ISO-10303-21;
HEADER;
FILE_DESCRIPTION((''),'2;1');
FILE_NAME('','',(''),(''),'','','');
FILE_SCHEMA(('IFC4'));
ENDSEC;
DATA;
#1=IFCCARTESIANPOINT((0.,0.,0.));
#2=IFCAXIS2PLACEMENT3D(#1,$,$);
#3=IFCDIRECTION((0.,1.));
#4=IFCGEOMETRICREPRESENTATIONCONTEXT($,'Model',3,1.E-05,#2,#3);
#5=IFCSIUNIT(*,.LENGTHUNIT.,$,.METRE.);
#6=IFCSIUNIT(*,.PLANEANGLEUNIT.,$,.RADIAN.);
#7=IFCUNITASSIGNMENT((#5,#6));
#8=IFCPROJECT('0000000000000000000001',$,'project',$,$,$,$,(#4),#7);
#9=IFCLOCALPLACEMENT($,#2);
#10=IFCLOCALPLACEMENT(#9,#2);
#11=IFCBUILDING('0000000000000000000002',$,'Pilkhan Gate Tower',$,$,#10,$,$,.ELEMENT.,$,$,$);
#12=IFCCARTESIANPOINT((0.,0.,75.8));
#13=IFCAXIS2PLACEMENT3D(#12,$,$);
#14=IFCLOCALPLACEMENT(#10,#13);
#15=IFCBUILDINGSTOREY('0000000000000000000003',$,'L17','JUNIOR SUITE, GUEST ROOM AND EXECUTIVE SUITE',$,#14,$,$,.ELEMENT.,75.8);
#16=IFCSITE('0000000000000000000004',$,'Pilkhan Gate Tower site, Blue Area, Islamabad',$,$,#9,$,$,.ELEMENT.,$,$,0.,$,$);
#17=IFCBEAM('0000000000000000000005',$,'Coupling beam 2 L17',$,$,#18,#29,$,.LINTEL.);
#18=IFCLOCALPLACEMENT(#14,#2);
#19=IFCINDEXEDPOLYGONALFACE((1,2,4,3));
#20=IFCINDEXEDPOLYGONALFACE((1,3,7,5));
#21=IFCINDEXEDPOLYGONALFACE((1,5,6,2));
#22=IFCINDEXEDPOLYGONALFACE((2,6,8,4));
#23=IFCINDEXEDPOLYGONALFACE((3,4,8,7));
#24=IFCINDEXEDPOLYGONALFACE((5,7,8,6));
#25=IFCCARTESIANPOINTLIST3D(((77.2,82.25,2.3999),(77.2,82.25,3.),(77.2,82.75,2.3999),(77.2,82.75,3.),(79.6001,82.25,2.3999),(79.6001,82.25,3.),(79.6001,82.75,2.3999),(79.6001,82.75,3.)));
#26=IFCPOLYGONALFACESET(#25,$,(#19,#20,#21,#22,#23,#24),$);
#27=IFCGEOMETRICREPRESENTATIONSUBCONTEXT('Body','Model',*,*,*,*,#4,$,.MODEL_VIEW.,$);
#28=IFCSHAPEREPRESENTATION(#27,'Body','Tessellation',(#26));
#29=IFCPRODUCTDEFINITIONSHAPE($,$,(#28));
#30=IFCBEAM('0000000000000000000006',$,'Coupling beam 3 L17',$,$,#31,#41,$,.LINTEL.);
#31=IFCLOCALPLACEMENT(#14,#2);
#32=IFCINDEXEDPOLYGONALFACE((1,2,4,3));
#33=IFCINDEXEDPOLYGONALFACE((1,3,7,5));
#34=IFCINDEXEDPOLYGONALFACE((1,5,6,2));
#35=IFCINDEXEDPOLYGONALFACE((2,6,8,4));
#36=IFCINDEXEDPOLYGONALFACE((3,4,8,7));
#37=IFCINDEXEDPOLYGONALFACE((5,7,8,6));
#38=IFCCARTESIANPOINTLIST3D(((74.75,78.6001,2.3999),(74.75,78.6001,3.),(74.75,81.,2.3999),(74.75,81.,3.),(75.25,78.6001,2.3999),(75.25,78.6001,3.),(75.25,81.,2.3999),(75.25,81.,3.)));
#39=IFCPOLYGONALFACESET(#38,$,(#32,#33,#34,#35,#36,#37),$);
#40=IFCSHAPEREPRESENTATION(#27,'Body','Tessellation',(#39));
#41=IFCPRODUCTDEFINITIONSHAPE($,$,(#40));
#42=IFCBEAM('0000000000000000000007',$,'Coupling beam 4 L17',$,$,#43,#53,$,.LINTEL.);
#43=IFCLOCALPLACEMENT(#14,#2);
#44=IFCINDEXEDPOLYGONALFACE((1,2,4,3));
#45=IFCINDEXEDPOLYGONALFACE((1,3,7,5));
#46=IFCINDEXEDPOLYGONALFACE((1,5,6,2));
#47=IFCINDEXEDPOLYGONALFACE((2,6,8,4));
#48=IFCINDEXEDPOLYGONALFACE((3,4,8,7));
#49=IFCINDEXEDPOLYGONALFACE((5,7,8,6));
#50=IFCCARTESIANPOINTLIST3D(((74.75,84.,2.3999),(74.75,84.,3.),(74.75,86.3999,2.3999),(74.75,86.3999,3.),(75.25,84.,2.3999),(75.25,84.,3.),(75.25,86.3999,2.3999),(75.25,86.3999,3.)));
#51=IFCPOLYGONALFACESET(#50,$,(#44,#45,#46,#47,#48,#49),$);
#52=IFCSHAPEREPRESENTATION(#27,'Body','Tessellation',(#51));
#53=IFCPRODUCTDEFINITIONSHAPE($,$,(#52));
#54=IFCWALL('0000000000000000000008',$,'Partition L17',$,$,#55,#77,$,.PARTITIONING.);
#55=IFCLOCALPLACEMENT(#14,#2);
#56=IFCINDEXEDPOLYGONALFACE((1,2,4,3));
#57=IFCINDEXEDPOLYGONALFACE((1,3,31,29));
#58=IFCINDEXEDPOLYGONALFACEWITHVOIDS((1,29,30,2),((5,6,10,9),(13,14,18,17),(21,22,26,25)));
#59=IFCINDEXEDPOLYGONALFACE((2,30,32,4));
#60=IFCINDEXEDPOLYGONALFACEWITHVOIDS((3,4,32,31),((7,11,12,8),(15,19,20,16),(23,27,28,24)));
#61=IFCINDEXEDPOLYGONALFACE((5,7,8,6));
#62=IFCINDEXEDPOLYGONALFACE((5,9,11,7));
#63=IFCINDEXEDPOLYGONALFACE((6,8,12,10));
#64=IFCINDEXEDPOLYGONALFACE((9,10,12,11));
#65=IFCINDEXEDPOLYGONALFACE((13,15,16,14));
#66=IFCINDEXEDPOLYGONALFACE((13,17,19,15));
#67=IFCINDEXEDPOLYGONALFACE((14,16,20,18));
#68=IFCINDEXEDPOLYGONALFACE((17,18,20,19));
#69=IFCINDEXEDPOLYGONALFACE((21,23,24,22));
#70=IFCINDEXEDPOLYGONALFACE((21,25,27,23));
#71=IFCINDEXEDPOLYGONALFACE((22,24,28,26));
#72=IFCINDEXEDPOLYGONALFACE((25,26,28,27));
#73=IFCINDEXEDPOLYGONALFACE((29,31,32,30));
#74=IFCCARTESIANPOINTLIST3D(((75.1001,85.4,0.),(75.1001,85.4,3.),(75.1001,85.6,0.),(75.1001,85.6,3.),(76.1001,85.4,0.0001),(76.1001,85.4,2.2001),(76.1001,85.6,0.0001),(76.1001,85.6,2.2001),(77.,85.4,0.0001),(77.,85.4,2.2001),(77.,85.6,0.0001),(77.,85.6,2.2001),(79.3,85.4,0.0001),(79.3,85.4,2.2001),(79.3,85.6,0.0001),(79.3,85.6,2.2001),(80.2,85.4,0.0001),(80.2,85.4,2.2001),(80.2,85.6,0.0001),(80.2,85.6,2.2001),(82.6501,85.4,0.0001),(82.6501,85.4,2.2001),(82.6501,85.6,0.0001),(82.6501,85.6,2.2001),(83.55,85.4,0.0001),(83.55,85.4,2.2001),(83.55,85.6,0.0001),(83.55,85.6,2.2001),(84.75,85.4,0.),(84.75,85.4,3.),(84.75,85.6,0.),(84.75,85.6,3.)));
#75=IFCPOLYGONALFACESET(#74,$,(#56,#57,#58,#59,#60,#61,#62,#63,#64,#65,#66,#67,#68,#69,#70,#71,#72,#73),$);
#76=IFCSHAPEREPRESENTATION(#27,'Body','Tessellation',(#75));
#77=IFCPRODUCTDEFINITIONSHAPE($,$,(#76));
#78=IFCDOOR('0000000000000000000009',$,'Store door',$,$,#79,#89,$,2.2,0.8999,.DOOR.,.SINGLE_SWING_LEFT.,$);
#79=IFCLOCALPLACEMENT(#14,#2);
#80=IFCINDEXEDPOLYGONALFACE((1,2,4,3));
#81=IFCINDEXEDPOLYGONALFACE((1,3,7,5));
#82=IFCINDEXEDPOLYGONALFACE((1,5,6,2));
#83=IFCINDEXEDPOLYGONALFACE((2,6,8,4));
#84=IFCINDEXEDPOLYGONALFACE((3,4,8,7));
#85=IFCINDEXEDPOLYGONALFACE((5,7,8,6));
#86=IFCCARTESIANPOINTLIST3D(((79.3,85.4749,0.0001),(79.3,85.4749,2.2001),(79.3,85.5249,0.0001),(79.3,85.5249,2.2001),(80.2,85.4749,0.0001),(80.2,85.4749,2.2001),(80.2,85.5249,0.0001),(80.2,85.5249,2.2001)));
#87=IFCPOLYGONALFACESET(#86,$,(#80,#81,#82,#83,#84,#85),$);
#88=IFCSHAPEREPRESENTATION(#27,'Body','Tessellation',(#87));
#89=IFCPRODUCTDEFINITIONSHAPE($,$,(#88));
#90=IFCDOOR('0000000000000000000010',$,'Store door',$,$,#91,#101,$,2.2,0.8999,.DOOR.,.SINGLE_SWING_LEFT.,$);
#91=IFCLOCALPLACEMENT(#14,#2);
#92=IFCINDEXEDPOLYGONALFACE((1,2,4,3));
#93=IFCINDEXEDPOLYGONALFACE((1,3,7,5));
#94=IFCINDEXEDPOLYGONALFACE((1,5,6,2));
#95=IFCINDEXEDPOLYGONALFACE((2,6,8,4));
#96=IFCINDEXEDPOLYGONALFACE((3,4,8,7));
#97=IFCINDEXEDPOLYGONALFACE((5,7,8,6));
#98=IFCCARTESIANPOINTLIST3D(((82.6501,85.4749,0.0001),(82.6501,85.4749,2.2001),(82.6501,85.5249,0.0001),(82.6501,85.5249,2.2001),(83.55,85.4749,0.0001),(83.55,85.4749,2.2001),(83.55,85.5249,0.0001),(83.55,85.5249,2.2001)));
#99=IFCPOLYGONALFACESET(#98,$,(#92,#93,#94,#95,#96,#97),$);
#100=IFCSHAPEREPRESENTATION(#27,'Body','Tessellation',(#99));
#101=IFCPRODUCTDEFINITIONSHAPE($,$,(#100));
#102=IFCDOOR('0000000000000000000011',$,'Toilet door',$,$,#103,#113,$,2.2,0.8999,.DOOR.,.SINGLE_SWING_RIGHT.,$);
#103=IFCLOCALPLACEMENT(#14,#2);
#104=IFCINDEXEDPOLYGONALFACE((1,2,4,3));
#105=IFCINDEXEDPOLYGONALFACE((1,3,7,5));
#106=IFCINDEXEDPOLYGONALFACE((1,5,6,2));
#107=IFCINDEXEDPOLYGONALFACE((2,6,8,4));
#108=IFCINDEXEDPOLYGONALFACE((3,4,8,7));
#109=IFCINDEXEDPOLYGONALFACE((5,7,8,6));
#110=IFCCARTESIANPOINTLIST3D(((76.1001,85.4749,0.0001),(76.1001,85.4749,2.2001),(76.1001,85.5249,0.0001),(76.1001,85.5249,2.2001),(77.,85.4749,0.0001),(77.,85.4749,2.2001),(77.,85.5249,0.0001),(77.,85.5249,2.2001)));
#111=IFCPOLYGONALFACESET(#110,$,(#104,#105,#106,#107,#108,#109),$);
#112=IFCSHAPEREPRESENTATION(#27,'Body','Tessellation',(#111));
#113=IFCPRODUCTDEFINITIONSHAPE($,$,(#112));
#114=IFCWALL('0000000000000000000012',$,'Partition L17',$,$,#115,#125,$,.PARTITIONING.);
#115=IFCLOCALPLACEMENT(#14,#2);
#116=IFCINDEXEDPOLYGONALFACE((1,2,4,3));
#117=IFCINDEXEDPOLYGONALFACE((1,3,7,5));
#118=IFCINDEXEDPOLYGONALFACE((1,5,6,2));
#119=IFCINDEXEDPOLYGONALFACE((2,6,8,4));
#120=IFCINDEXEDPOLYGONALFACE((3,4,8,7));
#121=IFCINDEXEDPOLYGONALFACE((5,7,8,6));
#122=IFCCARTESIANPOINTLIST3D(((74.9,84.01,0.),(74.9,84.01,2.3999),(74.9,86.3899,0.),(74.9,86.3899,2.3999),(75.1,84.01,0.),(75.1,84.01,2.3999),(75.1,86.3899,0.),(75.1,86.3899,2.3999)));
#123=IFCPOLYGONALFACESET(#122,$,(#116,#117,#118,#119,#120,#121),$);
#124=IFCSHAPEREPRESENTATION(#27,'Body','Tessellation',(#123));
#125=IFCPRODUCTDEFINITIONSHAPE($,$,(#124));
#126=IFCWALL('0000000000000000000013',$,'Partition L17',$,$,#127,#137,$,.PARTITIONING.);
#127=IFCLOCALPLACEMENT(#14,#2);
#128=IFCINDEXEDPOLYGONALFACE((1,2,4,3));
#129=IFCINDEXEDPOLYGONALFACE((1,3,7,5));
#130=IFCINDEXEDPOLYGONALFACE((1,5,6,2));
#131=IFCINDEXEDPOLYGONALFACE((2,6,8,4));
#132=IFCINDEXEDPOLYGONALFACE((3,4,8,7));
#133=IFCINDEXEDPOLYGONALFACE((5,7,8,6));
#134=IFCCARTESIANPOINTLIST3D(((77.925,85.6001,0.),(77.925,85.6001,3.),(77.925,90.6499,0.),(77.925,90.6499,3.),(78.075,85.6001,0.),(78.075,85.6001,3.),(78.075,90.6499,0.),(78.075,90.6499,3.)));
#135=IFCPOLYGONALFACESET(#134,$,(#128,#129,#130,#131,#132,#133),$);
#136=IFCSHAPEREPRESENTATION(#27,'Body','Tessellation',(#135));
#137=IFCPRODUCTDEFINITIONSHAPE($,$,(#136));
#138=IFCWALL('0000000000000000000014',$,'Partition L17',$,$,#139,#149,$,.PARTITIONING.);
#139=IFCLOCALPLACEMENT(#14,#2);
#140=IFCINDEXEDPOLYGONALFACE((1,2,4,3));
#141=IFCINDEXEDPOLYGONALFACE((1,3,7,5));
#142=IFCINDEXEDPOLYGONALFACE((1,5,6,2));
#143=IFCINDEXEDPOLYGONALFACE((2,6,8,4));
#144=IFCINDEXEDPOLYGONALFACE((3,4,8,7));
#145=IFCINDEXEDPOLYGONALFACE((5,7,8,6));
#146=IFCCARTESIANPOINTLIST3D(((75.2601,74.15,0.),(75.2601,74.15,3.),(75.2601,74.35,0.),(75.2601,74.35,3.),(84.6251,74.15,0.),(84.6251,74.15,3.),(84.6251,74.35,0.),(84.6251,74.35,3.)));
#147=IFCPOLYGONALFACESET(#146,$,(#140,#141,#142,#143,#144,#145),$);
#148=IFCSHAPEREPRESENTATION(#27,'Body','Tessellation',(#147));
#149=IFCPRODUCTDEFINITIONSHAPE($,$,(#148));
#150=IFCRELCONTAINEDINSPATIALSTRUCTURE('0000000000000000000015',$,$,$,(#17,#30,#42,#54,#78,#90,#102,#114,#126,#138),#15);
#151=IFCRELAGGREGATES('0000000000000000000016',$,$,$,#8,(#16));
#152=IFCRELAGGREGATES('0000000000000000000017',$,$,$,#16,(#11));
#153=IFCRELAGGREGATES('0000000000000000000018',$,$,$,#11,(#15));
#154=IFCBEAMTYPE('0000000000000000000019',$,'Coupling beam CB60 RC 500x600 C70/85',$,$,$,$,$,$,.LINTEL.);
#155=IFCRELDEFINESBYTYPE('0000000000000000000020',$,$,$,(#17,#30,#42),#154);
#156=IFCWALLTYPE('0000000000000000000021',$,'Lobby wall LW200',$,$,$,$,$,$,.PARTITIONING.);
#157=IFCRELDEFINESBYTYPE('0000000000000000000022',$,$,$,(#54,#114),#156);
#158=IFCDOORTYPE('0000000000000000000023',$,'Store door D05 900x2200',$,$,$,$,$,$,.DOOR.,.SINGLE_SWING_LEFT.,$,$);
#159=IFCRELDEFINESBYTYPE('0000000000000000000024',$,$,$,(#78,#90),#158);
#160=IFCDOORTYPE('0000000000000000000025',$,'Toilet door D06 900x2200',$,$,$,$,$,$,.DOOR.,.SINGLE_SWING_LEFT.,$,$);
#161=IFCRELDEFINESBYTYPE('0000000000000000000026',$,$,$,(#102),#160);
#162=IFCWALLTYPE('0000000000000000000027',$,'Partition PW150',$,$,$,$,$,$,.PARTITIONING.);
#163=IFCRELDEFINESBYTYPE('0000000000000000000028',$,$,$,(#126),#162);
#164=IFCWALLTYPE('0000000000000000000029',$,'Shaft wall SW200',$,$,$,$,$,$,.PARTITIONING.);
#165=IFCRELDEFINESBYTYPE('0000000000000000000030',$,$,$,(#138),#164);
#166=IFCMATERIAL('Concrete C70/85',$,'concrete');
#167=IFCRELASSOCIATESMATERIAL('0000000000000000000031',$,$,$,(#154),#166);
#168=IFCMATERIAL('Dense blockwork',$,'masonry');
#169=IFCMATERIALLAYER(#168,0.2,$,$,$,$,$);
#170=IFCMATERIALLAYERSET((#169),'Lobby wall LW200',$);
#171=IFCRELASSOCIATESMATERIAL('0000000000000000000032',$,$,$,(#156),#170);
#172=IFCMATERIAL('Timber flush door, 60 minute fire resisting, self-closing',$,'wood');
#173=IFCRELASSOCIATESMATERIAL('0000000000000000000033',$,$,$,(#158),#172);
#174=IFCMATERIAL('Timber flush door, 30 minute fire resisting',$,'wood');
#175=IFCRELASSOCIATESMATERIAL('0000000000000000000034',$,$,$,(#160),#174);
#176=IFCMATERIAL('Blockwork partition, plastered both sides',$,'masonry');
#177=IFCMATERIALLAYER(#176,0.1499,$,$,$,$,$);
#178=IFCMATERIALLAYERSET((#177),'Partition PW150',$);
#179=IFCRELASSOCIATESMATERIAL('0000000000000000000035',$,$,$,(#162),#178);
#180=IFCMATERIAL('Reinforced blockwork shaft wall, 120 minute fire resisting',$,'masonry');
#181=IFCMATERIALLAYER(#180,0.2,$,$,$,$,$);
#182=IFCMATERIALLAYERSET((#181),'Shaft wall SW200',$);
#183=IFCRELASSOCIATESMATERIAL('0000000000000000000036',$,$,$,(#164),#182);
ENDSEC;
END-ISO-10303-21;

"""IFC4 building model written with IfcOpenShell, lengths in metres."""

from ifc_helpers import new_model, si_unit, direction, frame, frame_2d, origin, origin_2d, place, context, subcontext, project, spatial, rectangle, extrude, material, layer, layer_set, material_profile, profile_set, type_object, element, fill, save


model = new_model("IFC4")

# Units and contexts
model_context = context("Model", 3, precision=1e-05, world=origin(), true_north=direction((0.0, 1.0)))
body_context = subcontext(model_context, "Body", "Model", "MODEL_VIEW")
ifc_project = project(units=[si_unit("LENGTHUNIT", "METRE"), si_unit("PLANEANGLEUNIT", "RADIAN")], contexts=[model_context])

# Site, building, storey
site_placement = place(None, origin())
site = spatial("IfcSite", under=ifc_project, at=site_placement, Name="Pilkhan Gate Tower site, Blue Area, Islamabad", CompositionType="ELEMENT", RefElevation=0.0)
building_placement = place(site_placement, origin())
building = spatial("IfcBuilding", under=site, at=building_placement, Name="Pilkhan Gate Tower", CompositionType="ELEMENT")
storey_placement = place(building_placement, frame((0.0, 0.0, 75.8)))
storey = spatial("IfcBuildingStorey", under=building, at=storey_placement, Name="L17", Description="JUNIOR SUITE, GUEST ROOM AND EXECUTIVE SUITE", CompositionType="ELEMENT", Elevation=75.8)

# Beams
ifc_material_1 = material(Name="Concrete C70/85", Category="concrete")
ifc_material_profile = material_profile(ifc_material_1, rectangle(XDim=0.5, YDim=0.6001, at=origin_2d()), Name="RC 500x600")
ifc_profile_set = profile_set([ifc_material_profile], Name="Concrete C70/85")
beam_type = type_object("IfcBeamType", Name="Coupling beam CB60 RC 500x600 C70/85", PredefinedType="LINTEL", material=ifc_profile_set)
beam_placement = place(storey_placement, frame((77.2, 82.5, 2.7), z_axis=(1.0, 0.0, 0.0), x_axis=(0.0, 1.0, 0.0)))
element("IfcBeam", 1, at=beam_placement, inside=storey, type_object=beam_type, Name="Coupling beam 2 L17", PredefinedType="LINTEL", context=body_context, shape_type="SweptSolid", body=[
    extrude(rectangle(XDim=0.5, YDim=0.6001, at=origin_2d()), origin(), (0.0, 0.0, 1.0), 2.4001),
])
for number, where, z_axis, x_axis, name in (
    (2, (75.0, 78.6001, 2.7), (0.0, 1.0, 0.0), (-1.0, 0.0, 0.0), "Coupling beam 3 L17"),
    (3, (75.0, 84.0, 2.7), (0.0, 1.0, 0.0), (-1.0, 0.0, 0.0), "Coupling beam 4 L17"),
):
    element("IfcBeam", number, at=place(storey_placement, frame(where, z_axis=z_axis, x_axis=x_axis)), inside=storey, type_object=beam_type, Name=name, PredefinedType="LINTEL", context=body_context, shape_type="SweptSolid", body=[
        extrude(rectangle(XDim=0.5, YDim=0.6001, at=origin_2d()), origin(), (0.0, 0.0, 1.0), 2.3999),
    ])

# Wall, openings, doors
ifc_material_2 = material(Name="Dense blockwork", Category="masonry")
ifc_layer_1 = layer(ifc_material_2, 0.2)
ifc_layer_set_1 = layer_set([ifc_layer_1], Name="Lobby wall LW200")
wall_type_1 = type_object("IfcWallType", Name="Lobby wall LW200", PredefinedType="PARTITIONING", material=ifc_layer_set_1)
wall_1_placement = place(storey_placement, frame((75.1001, 85.5, 0.0), z_axis=(0.0, 0.0, 1.0), x_axis=(1.0, 0.0, 0.0)))
wall_1 = element("IfcWall", 4, at=wall_1_placement, inside=storey, type_object=wall_type_1, Name="Partition L17", PredefinedType="PARTITIONING", context=body_context, shape_type="SweptSolid", body=[
    extrude(rectangle(XDim=9.6499, YDim=0.2, at=frame_2d((4.825, 0.0))), origin(), (0.0, 0.0, 1.0), 3.0),
])
opening_1_placement = place(wall_1_placement, frame((1.0, 0.0, 0.0)))
opening_1 = element("IfcOpeningElement", 5, at=opening_1_placement, cuts=wall_1, PredefinedType="OPENING", context=body_context, shape_type="SweptSolid", body=[
    extrude(rectangle(XDim=0.8999, YDim=2.2, at=frame_2d((0.45, 1.1001))), frame((0.0, 0.1099, 0.0), z_axis=(0.0, -1.0, 0.0), x_axis=(1.0, 0.0, 0.0)), (0.0, 0.0, 1.0), 0.22),
])
opening_2_placement = place(wall_1_placement, frame((4.2, 0.0, 0.0)))
opening_2 = element("IfcOpeningElement", 6, at=opening_2_placement, cuts=wall_1, PredefinedType="OPENING", context=body_context, shape_type="SweptSolid", body=[
    extrude(rectangle(XDim=0.8999, YDim=2.2, at=frame_2d((0.45, 1.1001))), frame((0.0, 0.1099, 0.0), z_axis=(0.0, -1.0, 0.0), x_axis=(1.0, 0.0, 0.0)), (0.0, 0.0, 1.0), 0.22),
])
opening_3_placement = place(wall_1_placement, frame((7.55, 0.0, 0.0)))
opening_3 = element("IfcOpeningElement", 7, at=opening_3_placement, cuts=wall_1, PredefinedType="OPENING", context=body_context, shape_type="SweptSolid", body=[
    extrude(rectangle(XDim=0.8999, YDim=2.2, at=frame_2d((0.45, 1.1001))), frame((0.0, 0.1099, 0.0), z_axis=(0.0, -1.0, 0.0), x_axis=(1.0, 0.0, 0.0)), (0.0, 0.0, 1.0), 0.22),
])
ifc_material_3 = material(Name="Timber flush door, 60 minute fire resisting, self-closing", Category="wood")
door_type_1 = type_object("IfcDoorType", Name="Store door D05 900x2200", OperationType="SINGLE_SWING_LEFT", PredefinedType="DOOR", material=ifc_material_3)
door_1_placement = place(opening_2_placement, origin())
door_1 = element("IfcDoor", 8, at=door_1_placement, inside=storey, type_object=door_type_1, Name="Store door", OperationType="SINGLE_SWING_LEFT", OverallHeight=2.2, OverallWidth=0.8999, PredefinedType="DOOR", context=body_context, shape_type="SweptSolid", body=[
    extrude(rectangle(XDim=0.8999, YDim=2.2, at=frame_2d((0.45, 1.1001))), frame((0.0, 0.0249, 0.0), z_axis=(0.0, -1.0, 0.0), x_axis=(1.0, 0.0, 0.0)), (0.0, 0.0, 1.0), 0.05),
])
fill(opening_2, door_1)
door_2_placement = place(opening_3_placement, origin())
door_2 = element("IfcDoor", 9, at=door_2_placement, inside=storey, type_object=door_type_1, Name="Store door", OperationType="SINGLE_SWING_LEFT", OverallHeight=2.2, OverallWidth=0.8999, PredefinedType="DOOR", context=body_context, shape_type="SweptSolid", body=[
    extrude(rectangle(XDim=0.8999, YDim=2.2, at=frame_2d((0.45, 1.1001))), frame((0.0, 0.0249, 0.0), z_axis=(0.0, -1.0, 0.0), x_axis=(1.0, 0.0, 0.0)), (0.0, 0.0, 1.0), 0.05),
])
fill(opening_3, door_2)
ifc_material_4 = material(Name="Timber flush door, 30 minute fire resisting", Category="wood")
door_type_2 = type_object("IfcDoorType", Name="Toilet door D06 900x2200", OperationType="SINGLE_SWING_LEFT", PredefinedType="DOOR", material=ifc_material_4)
door_3_placement = place(opening_1_placement, origin())
door_3 = element("IfcDoor", 10, at=door_3_placement, inside=storey, type_object=door_type_2, Name="Toilet door", OperationType="SINGLE_SWING_RIGHT", OverallHeight=2.2, OverallWidth=0.8999, PredefinedType="DOOR", context=body_context, shape_type="SweptSolid", body=[
    extrude(rectangle(XDim=0.8999, YDim=2.2, at=frame_2d((0.45, 1.1001))), frame((0.0, 0.0249, 0.0), z_axis=(0.0, -1.0, 0.0), x_axis=(1.0, 0.0, 0.0)), (0.0, 0.0, 1.0), 0.05),
])
fill(opening_1, door_3)

# Walls
wall_2_placement = place(storey_placement, frame((75.0, 84.01, 0.0), z_axis=(0.0, 0.0, 1.0), x_axis=(0.0, 1.0, 0.0)))
element("IfcWall", 11, at=wall_2_placement, inside=storey, type_object=wall_type_1, Name="Partition L17", PredefinedType="PARTITIONING", context=body_context, shape_type="SweptSolid", body=[
    extrude(rectangle(XDim=2.3799, YDim=0.2, at=frame_2d((1.1899, 0.0))), origin(), (0.0, 0.0, 1.0), 2.3999),
])
ifc_material_5 = material(Name="Blockwork partition, plastered both sides", Category="masonry")
ifc_layer_2 = layer(ifc_material_5, 0.1499)
ifc_layer_set_2 = layer_set([ifc_layer_2], Name="Partition PW150")
wall_type_2 = type_object("IfcWallType", Name="Partition PW150", PredefinedType="PARTITIONING", material=ifc_layer_set_2)
wall_3_placement = place(storey_placement, frame((78.0, 85.6001, 0.0), z_axis=(0.0, 0.0, 1.0), x_axis=(0.0, 1.0, 0.0)))
element("IfcWall", 12, at=wall_3_placement, inside=storey, type_object=wall_type_2, Name="Partition L17", PredefinedType="PARTITIONING", context=body_context, shape_type="SweptSolid", body=[
    extrude(rectangle(XDim=5.0498, YDim=0.1499, at=frame_2d((2.5249, 0.0))), origin(), (0.0, 0.0, 1.0), 3.0),
])
ifc_material_6 = material(Name="Reinforced blockwork shaft wall, 120 minute fire resisting", Category="masonry")
ifc_layer_3 = layer(ifc_material_6, 0.2)
ifc_layer_set_3 = layer_set([ifc_layer_3], Name="Shaft wall SW200")
wall_type_3 = type_object("IfcWallType", Name="Shaft wall SW200", PredefinedType="PARTITIONING", material=ifc_layer_set_3)
wall_4_placement = place(storey_placement, frame((75.26, 74.25, 0.0), z_axis=(0.0, 0.0, 1.0), x_axis=(1.0, 0.0, 0.0)))
element("IfcWall", 13, at=wall_4_placement, inside=storey, type_object=wall_type_3, Name="Partition L17", PredefinedType="PARTITIONING", context=body_context, shape_type="SweptSolid", body=[
    extrude(rectangle(XDim=9.365, YDim=0.2, at=frame_2d((4.6826, 0.0))), origin(), (0.0, 0.0, 1.0), 3.0),
])

save(model, "model.ifc")
